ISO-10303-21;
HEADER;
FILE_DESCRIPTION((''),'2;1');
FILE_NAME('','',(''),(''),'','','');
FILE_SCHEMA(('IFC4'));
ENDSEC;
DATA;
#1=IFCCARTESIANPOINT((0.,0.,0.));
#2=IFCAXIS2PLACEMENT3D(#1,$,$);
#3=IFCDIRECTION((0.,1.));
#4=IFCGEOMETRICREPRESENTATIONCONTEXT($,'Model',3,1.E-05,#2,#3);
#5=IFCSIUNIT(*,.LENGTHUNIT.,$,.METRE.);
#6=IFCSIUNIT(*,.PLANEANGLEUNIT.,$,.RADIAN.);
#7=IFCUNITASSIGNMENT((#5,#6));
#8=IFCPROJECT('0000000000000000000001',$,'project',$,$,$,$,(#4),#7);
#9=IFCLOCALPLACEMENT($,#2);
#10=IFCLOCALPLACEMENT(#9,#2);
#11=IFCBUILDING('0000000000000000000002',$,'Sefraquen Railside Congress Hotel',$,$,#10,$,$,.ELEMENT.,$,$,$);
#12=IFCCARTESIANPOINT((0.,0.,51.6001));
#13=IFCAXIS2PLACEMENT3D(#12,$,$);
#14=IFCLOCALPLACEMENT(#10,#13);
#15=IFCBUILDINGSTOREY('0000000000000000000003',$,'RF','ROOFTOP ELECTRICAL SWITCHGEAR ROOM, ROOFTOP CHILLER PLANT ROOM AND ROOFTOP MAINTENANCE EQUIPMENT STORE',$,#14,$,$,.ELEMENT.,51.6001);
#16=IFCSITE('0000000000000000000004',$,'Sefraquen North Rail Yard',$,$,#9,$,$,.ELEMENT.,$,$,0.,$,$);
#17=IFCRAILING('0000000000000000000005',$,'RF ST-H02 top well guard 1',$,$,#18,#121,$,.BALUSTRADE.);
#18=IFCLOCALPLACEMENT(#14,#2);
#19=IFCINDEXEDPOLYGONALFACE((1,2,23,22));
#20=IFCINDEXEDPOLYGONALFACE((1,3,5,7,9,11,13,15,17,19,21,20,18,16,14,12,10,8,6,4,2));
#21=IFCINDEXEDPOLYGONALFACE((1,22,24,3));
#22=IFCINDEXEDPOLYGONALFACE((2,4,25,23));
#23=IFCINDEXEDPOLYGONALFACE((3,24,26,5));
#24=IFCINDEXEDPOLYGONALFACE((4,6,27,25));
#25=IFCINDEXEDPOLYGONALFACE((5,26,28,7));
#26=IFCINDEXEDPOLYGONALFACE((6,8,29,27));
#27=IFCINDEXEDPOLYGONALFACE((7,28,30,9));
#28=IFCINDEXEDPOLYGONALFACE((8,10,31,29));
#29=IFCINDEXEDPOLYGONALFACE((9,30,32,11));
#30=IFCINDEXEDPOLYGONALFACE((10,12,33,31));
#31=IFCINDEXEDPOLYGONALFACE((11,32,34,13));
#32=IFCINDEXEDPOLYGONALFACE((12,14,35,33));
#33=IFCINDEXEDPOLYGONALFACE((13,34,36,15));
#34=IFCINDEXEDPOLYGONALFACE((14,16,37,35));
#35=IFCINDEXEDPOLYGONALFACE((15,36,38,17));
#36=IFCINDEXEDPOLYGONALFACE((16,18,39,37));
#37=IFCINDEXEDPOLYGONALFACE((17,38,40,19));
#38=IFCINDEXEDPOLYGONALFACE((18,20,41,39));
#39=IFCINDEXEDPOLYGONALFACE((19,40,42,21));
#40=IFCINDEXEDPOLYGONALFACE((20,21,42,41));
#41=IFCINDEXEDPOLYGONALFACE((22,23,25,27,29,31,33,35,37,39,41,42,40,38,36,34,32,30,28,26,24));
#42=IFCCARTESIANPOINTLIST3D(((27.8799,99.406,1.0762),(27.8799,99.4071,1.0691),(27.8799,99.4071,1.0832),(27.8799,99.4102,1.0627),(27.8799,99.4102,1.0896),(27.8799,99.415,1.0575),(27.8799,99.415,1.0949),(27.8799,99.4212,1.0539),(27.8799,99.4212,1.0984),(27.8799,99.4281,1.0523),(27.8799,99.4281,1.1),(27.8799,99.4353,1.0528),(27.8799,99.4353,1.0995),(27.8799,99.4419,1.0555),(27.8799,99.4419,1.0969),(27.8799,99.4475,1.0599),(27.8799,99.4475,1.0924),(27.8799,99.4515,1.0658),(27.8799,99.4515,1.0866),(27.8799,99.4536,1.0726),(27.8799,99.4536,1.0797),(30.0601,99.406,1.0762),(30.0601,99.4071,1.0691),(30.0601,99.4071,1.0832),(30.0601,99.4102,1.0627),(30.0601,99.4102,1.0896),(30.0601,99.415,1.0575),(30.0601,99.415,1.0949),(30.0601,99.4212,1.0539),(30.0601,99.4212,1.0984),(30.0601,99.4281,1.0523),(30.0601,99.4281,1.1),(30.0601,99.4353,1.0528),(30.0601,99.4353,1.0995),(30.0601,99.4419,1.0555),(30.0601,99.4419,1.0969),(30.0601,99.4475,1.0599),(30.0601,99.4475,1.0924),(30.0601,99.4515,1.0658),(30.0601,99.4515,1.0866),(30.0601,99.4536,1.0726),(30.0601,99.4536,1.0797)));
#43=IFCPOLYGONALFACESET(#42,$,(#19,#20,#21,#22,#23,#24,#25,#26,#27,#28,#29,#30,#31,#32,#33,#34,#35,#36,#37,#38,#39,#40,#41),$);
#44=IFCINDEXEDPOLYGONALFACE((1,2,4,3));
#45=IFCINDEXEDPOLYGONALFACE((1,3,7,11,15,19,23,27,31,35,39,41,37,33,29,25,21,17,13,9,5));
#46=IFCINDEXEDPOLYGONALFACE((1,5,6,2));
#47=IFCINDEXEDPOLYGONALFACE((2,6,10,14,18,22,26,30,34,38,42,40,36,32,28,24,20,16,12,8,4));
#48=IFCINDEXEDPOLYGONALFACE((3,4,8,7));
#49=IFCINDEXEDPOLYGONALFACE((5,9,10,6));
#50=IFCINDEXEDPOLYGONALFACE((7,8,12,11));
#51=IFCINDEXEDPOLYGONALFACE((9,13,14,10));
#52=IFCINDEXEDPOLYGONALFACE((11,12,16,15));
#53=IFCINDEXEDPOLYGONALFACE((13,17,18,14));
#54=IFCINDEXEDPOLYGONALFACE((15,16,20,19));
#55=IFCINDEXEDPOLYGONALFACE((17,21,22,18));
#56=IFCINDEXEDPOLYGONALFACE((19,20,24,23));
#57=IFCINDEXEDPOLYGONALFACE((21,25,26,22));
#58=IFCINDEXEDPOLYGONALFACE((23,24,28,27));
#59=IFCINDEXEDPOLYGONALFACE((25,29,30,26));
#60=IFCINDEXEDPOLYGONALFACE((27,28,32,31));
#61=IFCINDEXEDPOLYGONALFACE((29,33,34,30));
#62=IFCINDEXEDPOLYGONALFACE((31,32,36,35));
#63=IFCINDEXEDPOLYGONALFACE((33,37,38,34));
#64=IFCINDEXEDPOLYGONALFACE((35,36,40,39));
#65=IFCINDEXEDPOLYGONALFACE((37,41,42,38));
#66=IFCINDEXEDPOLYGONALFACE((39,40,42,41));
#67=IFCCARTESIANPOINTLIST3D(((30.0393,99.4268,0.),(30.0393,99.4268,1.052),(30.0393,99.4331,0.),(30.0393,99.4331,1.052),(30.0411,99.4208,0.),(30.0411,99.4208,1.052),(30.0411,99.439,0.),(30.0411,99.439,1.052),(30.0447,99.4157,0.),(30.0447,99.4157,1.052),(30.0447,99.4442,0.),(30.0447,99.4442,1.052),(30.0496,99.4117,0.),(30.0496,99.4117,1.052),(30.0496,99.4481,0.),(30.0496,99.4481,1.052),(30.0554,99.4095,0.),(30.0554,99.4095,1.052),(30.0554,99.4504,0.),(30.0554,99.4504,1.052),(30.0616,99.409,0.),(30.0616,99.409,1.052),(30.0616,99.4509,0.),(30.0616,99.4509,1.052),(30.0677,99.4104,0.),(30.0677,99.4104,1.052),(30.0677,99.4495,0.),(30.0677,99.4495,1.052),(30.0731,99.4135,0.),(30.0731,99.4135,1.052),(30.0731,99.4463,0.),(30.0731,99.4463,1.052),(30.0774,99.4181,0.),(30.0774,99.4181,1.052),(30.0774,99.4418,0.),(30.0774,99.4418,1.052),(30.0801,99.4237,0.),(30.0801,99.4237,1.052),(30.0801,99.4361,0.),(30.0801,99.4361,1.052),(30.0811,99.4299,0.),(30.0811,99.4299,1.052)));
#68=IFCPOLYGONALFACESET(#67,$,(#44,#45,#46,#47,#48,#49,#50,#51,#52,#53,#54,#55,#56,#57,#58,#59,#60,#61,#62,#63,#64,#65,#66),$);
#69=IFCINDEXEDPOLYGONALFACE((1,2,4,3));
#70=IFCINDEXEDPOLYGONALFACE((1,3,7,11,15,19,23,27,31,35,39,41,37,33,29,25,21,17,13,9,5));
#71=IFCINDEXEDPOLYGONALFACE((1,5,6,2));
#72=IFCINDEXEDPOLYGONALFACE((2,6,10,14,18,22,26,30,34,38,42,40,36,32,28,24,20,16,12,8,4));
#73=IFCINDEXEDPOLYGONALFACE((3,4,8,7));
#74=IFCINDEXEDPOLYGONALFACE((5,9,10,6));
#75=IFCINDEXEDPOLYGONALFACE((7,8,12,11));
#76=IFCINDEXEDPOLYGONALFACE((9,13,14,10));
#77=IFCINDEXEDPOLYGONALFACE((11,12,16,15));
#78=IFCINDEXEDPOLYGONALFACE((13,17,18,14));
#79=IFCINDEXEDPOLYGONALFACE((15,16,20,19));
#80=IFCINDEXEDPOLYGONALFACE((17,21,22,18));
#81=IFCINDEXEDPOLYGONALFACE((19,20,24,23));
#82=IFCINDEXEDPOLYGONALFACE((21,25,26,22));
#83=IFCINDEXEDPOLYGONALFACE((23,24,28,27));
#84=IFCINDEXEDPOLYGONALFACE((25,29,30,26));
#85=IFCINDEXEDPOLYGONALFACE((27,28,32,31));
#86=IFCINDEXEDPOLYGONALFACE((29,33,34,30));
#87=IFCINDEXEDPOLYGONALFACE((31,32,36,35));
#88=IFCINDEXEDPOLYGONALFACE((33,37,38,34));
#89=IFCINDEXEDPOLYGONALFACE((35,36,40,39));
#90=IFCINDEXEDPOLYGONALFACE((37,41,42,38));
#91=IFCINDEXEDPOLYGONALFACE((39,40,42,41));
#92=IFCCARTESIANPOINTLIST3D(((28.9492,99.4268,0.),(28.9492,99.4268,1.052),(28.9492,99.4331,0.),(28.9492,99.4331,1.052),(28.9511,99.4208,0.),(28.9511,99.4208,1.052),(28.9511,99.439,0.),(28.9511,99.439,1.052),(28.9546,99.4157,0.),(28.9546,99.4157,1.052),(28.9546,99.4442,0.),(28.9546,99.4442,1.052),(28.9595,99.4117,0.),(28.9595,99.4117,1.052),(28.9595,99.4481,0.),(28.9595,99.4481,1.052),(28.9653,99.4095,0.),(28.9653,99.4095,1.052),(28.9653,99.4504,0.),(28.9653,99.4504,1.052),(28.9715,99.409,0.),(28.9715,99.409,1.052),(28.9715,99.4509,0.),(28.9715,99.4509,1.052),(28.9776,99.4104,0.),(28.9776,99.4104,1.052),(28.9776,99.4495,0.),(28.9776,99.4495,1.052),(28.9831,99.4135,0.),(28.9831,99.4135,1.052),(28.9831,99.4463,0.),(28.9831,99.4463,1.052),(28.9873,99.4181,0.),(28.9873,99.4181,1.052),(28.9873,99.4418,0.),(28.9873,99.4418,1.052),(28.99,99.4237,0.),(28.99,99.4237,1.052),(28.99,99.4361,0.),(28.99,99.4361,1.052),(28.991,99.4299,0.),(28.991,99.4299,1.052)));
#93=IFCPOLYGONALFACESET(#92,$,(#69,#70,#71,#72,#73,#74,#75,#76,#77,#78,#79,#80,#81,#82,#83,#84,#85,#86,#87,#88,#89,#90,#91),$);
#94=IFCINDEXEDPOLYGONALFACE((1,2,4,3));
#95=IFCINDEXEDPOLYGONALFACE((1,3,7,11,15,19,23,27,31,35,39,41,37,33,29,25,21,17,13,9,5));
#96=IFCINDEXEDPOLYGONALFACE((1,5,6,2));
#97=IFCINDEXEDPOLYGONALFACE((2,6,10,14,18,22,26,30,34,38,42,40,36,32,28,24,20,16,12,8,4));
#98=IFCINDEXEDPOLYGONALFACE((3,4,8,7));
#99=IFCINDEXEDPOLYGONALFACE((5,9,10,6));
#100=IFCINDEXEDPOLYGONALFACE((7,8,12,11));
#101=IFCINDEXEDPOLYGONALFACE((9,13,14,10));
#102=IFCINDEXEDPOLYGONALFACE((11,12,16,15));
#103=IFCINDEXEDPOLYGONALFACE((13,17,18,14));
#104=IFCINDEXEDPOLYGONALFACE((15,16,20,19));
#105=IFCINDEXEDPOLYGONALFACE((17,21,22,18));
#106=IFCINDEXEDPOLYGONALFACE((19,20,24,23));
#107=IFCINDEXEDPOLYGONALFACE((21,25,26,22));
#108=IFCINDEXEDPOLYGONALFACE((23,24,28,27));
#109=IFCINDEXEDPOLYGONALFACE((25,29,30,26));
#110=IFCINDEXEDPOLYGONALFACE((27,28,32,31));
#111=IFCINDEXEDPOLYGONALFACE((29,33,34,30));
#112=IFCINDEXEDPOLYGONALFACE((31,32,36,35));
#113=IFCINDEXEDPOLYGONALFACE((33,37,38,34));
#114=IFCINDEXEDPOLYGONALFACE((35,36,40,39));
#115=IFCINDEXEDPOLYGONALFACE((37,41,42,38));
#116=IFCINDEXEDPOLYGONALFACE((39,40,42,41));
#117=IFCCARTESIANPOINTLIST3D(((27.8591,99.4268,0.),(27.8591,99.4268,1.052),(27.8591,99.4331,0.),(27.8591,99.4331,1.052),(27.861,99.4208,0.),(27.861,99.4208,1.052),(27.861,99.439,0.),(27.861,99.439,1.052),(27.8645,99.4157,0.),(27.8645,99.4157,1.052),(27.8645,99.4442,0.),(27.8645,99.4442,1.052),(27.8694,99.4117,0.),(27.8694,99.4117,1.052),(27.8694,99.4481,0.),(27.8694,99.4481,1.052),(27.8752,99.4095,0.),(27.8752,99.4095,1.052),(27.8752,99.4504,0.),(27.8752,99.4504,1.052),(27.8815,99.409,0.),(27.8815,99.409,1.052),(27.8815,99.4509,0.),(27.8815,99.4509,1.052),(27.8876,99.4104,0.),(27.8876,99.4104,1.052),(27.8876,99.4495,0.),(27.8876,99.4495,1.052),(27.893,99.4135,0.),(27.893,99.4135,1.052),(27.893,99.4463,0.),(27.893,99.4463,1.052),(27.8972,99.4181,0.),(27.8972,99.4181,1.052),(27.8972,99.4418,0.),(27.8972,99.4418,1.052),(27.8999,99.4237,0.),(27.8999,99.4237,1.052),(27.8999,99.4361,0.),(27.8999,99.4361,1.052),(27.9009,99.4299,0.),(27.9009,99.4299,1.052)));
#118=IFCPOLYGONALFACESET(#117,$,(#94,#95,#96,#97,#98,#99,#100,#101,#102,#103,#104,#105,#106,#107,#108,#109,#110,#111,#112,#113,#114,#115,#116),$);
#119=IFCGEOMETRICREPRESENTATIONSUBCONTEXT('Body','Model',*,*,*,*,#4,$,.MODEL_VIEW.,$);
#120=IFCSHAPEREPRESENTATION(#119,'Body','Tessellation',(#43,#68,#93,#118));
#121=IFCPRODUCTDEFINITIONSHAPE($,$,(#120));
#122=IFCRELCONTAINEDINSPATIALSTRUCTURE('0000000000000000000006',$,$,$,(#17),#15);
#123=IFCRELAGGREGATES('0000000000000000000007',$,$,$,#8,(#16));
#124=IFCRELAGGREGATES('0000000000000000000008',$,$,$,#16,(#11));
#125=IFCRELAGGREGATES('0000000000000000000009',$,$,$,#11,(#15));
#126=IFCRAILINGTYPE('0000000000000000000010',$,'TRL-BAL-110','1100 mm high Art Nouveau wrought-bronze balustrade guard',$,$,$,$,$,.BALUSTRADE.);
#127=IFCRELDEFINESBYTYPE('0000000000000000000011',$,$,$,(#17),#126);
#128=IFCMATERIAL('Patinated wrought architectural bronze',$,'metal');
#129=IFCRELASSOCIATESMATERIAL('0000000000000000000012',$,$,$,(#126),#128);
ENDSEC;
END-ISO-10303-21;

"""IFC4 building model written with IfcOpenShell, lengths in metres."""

from ifc_helpers import new_model, si_unit, direction, frame, origin, origin_2d, place, context, subcontext, project, spatial, circle, extrude, material, type_object, element, save


model = new_model("IFC4")

# Units and contexts
model_context = context("Model", 3, precision=1e-05, world=origin(), true_north=direction((0.0, 1.0)))
body_context = subcontext(model_context, "Body", "Model", "MODEL_VIEW")
ifc_project = project(units=[si_unit("LENGTHUNIT", "METRE"), si_unit("PLANEANGLEUNIT", "RADIAN")], contexts=[model_context])

# Site, building, storey
site_placement = place(None, origin())
site = spatial("IfcSite", under=ifc_project, at=site_placement, Name="Sefraquen North Rail Yard", CompositionType="ELEMENT", RefElevation=0.0)
building_placement = place(site_placement, origin())
building = spatial("IfcBuilding", under=site, at=building_placement, Name="Sefraquen Railside Congress Hotel", CompositionType="ELEMENT")
storey_placement = place(building_placement, frame((0.0, 0.0, 51.6001)))
storey = spatial("IfcBuildingStorey", under=building, at=storey_placement, Name="RF", Description="ROOFTOP ELECTRICAL SWITCHGEAR ROOM, ROOFTOP CHILLER PLANT ROOM AND ROOFTOP MAINTENANCE EQUIPMENT STORE", CompositionType="ELEMENT", Elevation=51.6001)

# Railing
ifc_material_1 = material(Name="Patinated wrought architectural bronze", Category="metal")
railing_type = type_object("IfcRailingType", Name="TRL-BAL-110", Description="1100 mm high Art Nouveau wrought-bronze balustrade guard", PredefinedType="BALUSTRADE", material=ifc_material_1)
railing_placement = place(storey_placement, frame((30.0601, 99.4299, 0.0)))
element("IfcRailing", 1, at=railing_placement, inside=storey, type_object=railing_type, Name="RF ST-H02 top well guard 1", PredefinedType="BALUSTRADE", context=body_context, shape_type="SweptSolid", body=[
    extrude(circle(Radius=0.0239, at=origin_2d()), frame((0.0, 0.0, 1.0762), z_axis=(-1.0, 0.0, 0.0), x_axis=(0.0, -1.0, 0.0)), (0.0, 0.0, 1.0), 2.1802),
    extrude(circle(Radius=0.021, at=origin_2d()), origin(), (0.0, 0.0, 1.0), 1.052),
    extrude(circle(Radius=0.021, at=origin_2d()), frame((-1.0901, 0.0, 0.0)), (0.0, 0.0, 1.0), 1.052),
    extrude(circle(Radius=0.021, at=origin_2d()), frame((-2.1802, 0.0, 0.0)), (0.0, 0.0, 1.0), 1.052),
])

save(model, "model.ifc")
